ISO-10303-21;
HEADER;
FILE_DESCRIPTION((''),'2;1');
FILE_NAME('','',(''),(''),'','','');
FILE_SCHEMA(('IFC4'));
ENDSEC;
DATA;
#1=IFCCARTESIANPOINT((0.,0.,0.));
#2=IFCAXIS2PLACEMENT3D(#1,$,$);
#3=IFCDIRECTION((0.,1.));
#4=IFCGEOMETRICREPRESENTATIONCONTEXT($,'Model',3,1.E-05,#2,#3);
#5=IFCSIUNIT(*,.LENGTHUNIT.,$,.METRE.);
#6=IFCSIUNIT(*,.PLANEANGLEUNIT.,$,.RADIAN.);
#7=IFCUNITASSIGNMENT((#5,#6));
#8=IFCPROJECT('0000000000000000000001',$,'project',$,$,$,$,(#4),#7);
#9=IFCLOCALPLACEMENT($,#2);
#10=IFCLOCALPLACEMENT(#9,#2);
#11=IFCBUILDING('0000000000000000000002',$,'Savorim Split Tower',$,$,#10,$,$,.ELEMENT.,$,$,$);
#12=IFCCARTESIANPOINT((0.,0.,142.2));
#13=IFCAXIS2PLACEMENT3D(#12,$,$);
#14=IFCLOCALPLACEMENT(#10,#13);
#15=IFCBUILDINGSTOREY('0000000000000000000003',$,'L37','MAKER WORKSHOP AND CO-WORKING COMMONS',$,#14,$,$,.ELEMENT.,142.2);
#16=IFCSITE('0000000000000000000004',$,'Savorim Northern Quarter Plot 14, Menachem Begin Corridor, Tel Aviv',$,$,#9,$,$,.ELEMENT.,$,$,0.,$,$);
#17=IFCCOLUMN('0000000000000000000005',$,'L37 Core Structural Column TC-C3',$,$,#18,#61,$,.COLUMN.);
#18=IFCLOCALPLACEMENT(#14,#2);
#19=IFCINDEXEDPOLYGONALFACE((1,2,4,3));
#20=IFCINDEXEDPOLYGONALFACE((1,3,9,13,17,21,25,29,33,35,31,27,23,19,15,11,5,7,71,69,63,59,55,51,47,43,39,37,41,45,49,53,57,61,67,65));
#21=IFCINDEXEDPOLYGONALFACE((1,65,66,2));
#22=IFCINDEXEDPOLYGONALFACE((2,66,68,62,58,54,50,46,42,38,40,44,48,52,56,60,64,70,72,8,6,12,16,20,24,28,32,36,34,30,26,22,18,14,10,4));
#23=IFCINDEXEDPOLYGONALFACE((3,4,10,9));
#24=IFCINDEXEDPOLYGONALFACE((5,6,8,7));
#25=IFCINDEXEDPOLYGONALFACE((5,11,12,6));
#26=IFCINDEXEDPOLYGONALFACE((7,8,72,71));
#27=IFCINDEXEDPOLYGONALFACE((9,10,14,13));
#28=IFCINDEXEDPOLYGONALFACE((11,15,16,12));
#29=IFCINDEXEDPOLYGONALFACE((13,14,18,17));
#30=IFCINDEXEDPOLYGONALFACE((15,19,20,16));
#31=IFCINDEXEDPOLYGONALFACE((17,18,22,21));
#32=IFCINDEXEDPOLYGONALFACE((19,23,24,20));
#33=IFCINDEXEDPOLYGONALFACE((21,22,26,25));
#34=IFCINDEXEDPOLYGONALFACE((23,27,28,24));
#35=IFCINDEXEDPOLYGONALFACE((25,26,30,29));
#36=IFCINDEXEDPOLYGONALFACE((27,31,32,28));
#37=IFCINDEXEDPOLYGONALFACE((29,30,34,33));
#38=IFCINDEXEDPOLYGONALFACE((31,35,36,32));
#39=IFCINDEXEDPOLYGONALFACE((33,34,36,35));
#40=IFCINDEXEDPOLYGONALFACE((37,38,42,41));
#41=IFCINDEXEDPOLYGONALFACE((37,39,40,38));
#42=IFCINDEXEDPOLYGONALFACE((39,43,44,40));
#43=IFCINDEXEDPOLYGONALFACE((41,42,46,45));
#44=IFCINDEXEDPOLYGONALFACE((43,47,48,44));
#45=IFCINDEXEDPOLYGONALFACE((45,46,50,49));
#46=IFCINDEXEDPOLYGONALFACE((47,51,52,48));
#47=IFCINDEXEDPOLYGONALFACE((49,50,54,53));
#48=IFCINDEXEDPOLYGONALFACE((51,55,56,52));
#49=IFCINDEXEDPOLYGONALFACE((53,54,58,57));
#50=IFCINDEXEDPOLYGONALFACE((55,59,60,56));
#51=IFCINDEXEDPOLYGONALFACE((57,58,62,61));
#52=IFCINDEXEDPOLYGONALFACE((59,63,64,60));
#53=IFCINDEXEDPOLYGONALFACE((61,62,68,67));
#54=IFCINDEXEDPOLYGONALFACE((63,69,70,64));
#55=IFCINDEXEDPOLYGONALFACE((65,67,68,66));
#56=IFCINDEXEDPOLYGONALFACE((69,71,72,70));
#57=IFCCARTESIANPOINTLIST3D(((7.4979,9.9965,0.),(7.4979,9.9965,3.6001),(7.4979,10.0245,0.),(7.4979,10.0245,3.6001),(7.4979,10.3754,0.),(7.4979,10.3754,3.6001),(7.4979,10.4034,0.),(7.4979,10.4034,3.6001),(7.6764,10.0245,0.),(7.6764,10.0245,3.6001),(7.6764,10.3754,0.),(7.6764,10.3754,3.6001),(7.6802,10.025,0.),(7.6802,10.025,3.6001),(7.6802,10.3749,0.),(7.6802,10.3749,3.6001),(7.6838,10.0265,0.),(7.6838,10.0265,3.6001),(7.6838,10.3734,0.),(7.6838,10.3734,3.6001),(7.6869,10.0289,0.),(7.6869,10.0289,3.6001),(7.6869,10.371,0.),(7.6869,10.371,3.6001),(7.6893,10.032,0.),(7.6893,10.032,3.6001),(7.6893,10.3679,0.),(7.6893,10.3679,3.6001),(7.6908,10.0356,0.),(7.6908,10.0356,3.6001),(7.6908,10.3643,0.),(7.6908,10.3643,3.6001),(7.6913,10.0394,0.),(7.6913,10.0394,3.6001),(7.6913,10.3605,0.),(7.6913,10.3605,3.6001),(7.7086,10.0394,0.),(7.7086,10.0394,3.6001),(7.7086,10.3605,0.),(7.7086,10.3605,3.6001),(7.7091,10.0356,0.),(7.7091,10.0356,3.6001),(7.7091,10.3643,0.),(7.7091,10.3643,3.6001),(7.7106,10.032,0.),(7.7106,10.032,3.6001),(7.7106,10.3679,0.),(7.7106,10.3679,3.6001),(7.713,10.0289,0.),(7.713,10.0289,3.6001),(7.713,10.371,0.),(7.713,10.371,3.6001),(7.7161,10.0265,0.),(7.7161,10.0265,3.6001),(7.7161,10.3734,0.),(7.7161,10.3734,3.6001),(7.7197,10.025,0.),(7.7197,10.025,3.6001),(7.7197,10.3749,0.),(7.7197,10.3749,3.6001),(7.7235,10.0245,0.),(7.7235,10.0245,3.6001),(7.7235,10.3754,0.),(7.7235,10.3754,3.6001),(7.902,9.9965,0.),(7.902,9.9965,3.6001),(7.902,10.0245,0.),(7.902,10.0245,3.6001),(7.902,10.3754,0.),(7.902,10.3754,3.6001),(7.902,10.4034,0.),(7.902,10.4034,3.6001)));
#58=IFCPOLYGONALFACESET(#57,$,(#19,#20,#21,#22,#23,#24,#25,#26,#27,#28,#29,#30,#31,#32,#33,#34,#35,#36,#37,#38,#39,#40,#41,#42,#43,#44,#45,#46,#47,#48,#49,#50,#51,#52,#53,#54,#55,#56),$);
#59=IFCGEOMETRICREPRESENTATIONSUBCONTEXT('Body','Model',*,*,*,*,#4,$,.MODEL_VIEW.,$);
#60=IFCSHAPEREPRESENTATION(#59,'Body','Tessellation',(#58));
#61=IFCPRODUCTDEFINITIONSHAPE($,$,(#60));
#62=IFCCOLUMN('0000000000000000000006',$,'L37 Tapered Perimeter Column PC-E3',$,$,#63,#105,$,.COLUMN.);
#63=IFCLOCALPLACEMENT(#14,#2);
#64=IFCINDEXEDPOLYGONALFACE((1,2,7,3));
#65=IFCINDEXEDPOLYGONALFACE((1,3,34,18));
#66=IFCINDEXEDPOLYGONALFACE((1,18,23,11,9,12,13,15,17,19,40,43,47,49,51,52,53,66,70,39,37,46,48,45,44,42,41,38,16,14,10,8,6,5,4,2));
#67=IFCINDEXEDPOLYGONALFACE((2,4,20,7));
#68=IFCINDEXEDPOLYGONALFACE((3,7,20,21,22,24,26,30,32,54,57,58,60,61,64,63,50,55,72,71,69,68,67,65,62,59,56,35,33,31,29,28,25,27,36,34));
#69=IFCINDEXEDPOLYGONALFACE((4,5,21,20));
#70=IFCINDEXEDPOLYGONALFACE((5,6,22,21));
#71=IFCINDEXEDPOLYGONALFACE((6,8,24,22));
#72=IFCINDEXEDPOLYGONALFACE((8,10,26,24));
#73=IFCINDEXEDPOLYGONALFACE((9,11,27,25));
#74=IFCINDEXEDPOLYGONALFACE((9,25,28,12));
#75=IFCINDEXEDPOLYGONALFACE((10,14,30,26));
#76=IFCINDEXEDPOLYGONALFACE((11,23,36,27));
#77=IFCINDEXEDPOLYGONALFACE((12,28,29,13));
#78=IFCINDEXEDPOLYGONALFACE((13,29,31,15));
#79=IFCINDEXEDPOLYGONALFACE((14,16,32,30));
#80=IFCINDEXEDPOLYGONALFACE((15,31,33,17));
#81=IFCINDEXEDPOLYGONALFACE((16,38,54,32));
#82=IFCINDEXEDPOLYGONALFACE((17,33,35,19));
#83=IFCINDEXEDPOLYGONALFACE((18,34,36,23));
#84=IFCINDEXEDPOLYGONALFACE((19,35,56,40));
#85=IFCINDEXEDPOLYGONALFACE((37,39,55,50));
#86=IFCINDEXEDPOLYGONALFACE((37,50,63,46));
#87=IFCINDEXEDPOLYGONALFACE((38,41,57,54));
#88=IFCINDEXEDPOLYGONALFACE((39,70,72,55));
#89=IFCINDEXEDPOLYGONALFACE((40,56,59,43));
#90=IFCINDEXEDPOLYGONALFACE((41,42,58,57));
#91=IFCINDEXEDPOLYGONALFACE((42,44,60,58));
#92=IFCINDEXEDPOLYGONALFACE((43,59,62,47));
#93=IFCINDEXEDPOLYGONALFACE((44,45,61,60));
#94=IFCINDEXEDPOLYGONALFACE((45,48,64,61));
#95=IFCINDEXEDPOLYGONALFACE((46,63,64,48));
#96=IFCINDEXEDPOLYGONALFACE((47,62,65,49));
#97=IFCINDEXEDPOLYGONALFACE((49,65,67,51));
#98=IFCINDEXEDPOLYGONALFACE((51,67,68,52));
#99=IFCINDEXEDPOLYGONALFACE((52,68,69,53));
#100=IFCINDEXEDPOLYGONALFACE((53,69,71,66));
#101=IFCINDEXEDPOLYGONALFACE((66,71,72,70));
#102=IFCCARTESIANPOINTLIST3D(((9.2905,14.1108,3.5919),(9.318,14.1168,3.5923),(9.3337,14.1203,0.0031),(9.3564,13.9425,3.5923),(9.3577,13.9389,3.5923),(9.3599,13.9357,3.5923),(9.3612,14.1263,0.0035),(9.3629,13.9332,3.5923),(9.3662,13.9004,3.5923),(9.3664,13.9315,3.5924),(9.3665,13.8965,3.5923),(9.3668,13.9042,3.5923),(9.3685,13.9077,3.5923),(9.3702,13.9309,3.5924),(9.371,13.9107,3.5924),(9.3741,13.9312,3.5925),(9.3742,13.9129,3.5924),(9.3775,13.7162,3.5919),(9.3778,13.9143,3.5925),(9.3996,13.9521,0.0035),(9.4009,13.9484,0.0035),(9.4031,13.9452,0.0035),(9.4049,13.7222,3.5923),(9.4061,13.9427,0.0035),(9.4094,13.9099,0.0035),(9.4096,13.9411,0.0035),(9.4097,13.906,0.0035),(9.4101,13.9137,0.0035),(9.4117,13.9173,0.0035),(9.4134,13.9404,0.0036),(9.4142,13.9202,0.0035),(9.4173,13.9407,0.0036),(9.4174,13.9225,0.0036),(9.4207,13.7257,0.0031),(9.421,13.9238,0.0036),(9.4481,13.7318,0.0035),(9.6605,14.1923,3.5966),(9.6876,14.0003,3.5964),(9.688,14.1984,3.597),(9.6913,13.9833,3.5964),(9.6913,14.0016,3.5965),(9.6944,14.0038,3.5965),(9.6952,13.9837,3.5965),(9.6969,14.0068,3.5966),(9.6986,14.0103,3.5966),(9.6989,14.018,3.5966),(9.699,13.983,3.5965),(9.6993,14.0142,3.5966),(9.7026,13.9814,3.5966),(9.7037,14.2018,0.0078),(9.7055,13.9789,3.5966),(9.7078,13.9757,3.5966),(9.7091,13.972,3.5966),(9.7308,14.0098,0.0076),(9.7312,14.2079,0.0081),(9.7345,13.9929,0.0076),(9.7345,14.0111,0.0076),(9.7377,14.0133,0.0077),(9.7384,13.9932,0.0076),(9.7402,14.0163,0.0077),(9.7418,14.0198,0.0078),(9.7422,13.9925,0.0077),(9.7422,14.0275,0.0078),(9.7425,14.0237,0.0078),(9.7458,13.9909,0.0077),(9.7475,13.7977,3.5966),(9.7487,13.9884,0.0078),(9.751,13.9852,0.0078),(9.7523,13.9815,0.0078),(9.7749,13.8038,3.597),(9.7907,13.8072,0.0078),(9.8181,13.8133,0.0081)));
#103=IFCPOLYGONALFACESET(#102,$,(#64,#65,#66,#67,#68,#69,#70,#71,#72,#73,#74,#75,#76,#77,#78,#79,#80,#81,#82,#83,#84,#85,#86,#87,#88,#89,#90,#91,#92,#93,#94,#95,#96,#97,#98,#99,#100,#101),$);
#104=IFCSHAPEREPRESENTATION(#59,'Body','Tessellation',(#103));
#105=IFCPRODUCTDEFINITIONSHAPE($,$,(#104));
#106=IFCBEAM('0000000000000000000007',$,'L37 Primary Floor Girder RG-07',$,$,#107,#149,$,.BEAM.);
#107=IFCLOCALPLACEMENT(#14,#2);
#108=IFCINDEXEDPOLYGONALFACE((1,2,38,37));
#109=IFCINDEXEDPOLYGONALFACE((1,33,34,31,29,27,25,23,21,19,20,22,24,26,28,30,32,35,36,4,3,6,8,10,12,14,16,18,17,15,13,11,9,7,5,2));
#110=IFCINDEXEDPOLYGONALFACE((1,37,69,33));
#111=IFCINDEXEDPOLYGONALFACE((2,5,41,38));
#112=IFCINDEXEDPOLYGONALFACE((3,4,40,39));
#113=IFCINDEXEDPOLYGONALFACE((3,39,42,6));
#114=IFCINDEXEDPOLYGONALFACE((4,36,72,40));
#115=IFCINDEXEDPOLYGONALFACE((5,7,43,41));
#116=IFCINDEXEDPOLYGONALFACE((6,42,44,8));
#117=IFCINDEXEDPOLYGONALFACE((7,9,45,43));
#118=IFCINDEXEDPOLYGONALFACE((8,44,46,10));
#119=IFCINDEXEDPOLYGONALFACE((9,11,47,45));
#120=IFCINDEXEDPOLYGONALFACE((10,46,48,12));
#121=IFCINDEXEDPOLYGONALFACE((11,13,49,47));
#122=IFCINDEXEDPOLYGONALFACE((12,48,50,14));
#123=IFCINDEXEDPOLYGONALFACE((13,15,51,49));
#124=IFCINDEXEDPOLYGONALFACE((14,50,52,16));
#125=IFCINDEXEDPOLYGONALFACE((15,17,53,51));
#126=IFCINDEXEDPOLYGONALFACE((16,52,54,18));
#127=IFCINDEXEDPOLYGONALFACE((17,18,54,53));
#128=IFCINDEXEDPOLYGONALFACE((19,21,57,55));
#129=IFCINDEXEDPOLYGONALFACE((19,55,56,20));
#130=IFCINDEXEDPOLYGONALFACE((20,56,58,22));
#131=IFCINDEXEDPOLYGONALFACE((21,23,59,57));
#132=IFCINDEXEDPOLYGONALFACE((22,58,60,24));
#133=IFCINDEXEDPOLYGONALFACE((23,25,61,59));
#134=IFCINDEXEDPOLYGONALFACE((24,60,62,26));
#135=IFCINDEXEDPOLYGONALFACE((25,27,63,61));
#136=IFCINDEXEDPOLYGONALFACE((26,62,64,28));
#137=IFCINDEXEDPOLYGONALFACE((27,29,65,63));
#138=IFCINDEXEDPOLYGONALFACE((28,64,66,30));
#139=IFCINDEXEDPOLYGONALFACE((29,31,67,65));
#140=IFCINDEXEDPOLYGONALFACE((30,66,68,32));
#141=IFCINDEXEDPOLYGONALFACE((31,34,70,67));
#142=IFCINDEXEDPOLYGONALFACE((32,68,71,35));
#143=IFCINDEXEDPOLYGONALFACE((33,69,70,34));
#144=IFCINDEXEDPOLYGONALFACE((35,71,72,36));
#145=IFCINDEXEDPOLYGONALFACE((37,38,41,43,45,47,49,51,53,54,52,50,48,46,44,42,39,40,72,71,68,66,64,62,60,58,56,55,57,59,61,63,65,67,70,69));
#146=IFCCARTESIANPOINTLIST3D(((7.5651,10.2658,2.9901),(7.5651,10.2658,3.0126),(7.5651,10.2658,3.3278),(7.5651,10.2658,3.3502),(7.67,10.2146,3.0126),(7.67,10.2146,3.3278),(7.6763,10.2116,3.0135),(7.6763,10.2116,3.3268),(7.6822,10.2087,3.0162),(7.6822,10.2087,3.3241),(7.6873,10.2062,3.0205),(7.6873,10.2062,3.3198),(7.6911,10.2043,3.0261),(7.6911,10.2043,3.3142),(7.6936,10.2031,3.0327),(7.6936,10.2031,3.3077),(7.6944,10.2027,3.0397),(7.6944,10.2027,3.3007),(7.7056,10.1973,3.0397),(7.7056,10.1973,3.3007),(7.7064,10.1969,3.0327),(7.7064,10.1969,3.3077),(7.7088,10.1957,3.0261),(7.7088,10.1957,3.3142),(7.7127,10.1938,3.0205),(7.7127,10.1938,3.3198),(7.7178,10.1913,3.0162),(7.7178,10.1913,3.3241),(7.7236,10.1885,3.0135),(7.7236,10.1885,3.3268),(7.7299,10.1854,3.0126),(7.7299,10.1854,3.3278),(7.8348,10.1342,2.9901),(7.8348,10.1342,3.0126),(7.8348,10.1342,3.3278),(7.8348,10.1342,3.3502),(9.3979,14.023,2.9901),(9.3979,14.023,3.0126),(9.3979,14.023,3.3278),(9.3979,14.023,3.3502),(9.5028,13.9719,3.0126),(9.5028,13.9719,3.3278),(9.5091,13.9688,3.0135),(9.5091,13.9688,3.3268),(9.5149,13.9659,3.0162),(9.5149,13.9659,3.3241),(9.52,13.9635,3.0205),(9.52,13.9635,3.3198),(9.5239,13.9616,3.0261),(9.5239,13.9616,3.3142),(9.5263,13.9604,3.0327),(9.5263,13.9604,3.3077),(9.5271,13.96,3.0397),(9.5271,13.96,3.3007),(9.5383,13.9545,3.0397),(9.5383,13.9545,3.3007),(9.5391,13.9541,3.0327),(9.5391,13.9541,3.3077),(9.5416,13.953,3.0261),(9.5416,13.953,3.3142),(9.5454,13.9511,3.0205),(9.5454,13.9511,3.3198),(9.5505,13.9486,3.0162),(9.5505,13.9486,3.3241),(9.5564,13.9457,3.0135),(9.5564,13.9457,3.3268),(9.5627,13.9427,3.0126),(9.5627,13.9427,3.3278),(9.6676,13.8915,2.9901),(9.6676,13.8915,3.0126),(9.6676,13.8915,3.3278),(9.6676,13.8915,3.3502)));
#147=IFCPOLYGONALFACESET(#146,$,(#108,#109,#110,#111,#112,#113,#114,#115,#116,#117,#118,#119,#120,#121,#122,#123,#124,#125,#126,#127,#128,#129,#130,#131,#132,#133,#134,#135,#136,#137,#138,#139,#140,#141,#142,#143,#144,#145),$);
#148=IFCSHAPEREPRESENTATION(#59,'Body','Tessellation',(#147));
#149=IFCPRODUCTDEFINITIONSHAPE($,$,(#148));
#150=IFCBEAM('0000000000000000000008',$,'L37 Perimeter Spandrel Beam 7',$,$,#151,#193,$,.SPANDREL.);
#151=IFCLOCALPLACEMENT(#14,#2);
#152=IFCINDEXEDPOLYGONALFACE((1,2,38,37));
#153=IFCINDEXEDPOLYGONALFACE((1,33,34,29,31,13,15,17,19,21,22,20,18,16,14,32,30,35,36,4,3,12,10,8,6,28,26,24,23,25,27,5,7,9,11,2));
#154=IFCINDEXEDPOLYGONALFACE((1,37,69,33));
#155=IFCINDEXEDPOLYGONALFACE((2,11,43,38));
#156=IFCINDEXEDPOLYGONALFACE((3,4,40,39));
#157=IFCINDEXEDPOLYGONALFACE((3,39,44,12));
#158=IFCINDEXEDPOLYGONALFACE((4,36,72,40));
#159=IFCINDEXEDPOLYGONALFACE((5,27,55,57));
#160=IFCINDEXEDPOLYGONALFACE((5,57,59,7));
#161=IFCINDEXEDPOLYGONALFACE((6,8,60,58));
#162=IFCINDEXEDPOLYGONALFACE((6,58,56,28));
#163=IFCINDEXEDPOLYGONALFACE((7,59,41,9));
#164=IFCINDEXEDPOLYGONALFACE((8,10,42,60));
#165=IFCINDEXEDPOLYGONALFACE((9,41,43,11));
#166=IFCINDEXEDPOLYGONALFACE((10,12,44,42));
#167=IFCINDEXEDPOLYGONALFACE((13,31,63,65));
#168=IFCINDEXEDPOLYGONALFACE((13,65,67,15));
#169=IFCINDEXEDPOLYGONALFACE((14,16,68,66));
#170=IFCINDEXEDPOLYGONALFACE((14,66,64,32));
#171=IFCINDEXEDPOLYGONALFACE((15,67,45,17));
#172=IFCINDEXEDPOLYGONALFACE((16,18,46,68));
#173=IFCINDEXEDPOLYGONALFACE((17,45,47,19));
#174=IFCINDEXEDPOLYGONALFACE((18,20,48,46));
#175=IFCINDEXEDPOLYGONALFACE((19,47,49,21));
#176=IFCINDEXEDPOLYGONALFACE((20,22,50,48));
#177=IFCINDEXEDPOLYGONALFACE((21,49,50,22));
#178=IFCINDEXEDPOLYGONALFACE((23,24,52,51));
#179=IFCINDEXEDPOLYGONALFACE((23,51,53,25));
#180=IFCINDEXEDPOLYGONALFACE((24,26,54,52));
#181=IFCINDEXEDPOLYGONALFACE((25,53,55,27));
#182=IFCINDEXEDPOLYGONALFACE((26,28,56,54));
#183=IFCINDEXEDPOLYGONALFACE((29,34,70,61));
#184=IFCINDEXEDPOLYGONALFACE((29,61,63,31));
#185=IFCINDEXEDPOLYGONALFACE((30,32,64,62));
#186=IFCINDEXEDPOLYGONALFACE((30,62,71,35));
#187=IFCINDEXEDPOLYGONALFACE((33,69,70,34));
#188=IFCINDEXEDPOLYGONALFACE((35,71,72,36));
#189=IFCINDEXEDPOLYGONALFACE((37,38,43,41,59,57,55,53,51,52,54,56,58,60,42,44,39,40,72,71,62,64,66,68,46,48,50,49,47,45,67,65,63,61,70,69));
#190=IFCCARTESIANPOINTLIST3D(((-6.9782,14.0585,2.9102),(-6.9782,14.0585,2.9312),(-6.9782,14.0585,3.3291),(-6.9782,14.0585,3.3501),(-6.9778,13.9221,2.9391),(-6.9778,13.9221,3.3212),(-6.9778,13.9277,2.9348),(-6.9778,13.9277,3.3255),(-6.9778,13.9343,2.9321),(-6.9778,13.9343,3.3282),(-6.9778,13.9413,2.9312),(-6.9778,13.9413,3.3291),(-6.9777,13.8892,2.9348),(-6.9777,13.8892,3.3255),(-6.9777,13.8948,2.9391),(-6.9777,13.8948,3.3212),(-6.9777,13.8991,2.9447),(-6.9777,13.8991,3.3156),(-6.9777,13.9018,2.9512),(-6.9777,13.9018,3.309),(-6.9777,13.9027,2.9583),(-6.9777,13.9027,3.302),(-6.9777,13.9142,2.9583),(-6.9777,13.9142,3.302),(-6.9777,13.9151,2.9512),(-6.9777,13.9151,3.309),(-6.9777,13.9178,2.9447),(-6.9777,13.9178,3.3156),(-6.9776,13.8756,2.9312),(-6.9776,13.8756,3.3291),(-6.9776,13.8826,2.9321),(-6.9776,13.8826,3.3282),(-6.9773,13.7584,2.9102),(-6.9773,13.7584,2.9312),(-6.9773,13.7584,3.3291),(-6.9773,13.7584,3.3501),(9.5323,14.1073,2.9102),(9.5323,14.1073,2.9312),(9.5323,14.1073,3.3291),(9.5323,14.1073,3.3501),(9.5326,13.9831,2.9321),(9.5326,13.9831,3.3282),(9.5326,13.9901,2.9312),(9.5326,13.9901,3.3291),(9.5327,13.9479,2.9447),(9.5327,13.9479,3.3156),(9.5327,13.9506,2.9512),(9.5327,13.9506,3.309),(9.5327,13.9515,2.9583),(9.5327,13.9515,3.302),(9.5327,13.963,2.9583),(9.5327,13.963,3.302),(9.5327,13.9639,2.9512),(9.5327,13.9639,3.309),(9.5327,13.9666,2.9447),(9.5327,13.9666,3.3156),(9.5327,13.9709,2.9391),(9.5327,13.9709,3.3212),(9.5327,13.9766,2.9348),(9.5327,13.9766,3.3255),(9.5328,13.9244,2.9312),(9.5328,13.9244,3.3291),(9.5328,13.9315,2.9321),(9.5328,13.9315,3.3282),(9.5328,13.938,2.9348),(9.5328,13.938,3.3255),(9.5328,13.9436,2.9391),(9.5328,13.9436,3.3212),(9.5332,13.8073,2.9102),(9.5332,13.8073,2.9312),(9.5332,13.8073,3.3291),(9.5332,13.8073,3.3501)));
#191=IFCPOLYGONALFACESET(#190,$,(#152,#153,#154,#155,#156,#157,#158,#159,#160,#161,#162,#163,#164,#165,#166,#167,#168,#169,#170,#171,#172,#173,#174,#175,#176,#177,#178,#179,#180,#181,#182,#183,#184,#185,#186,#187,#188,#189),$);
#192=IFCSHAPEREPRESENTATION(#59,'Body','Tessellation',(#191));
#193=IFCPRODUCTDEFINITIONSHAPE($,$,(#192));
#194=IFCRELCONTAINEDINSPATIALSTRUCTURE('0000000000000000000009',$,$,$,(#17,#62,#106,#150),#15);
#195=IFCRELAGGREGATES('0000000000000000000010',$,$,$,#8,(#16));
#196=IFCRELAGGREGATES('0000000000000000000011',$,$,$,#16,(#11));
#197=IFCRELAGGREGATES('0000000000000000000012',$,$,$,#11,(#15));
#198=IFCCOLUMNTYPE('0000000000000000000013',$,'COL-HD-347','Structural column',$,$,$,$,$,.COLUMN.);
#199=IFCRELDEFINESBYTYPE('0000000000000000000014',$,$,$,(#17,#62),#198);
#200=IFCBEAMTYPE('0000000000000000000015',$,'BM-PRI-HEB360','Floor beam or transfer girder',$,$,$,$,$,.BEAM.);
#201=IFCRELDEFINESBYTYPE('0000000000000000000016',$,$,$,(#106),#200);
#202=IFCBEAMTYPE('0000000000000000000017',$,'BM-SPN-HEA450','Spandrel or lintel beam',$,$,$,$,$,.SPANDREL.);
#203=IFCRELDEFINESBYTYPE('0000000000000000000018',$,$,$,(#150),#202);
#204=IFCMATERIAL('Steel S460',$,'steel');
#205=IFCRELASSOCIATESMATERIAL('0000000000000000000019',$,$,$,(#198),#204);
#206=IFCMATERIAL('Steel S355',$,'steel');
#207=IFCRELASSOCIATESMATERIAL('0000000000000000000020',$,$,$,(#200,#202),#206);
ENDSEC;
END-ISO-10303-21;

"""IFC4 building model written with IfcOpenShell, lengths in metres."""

from ifc_helpers import new_model, si_unit, direction, frame, origin, origin_2d, place, context, subcontext, project, spatial, i_section, extrude, material, material_profile, profile_set, type_object, element, save


model = new_model("IFC4")

# Units and contexts
model_context = context("Model", 3, precision=1e-05, world=origin(), true_north=direction((0.0, 1.0)))
body_context = subcontext(model_context, "Body", "Model", "MODEL_VIEW")
ifc_project = project(units=[si_unit("LENGTHUNIT", "METRE"), si_unit("PLANEANGLEUNIT", "RADIAN")], contexts=[model_context])

# Site, building, storey
site_placement = place(None, origin())
site = spatial("IfcSite", under=ifc_project, at=site_placement, Name="Savorim Northern Quarter Plot 14, Menachem Begin Corridor, Tel Aviv", CompositionType="ELEMENT", RefElevation=0.0)
building_placement = place(site_placement, origin())
building = spatial("IfcBuilding", under=site, at=building_placement, Name="Savorim Split Tower", CompositionType="ELEMENT")
storey_placement = place(building_placement, frame((0.0, 0.0, 142.2)))
storey = spatial("IfcBuildingStorey", under=building, at=storey_placement, Name="L37", Description="MAKER WORKSHOP AND CO-WORKING COMMONS", CompositionType="ELEMENT", Elevation=142.2)

# Columns
ifc_material_1 = material(Name="Steel S460", Category="steel")
ifc_material_profile_1 = material_profile(ifc_material_1, i_section(OverallWidth=0.4041, OverallDepth=0.407, WebThickness=0.0173, FlangeThickness=0.0281, FilletRadius=0.0149, at=origin_2d()), Name="HD 400x347")
ifc_profile_set_1 = profile_set([ifc_material_profile_1], Name="Steel S460")
column_type = type_object("IfcColumnType", Name="COL-HD-347", Description="Structural column", PredefinedType="COLUMN", material=ifc_profile_set_1)
column_1_placement = place(storey_placement, frame((7.7, 10.2, 0.0), z_axis=(0.0, 0.0, 1.0), x_axis=(1.0, 0.0, 0.0)))
element("IfcColumn", 1, at=column_1_placement, inside=storey, type_object=column_type, Name="L37 Core Structural Column TC-C3", PredefinedType="COLUMN", context=body_context, shape_type="SweptSolid", body=[
    extrude(i_section(OverallWidth=0.4041, OverallDepth=0.407, WebThickness=0.0173, FlangeThickness=0.0281, FilletRadius=0.0149, at=origin_2d()), origin(), (0.0, 0.0, 1.0), 3.6001),
])
column_2_placement = place(storey_placement, frame((9.5759, 13.9668, 0.0056), z_axis=(-0.01204, -0.002653, 0.999924), x_axis=(0.215178, -0.976575, 0.0)))
element("IfcColumn", 2, at=column_2_placement, inside=storey, type_object=column_type, Name="L37 Tapered Perimeter Column PC-E3", PredefinedType="COLUMN", context=body_context, shape_type="SweptSolid", body=[
    extrude(i_section(OverallWidth=0.4041, OverallDepth=0.407, WebThickness=0.0173, FlangeThickness=0.0281, FilletRadius=0.0149, at=origin_2d()), origin(), (0.0, 0.0, 1.0), 3.5891),
])

# Beams
ifc_material_2 = material(Name="Steel S355", Category="steel")
ifc_material_profile_2 = material_profile(ifc_material_2, i_section(OverallWidth=0.3, OverallDepth=0.3601, WebThickness=0.0125, FlangeThickness=0.0225, FilletRadius=0.0271, at=origin_2d()), Name="HEB 360")
ifc_profile_set_2 = profile_set([ifc_material_profile_2], Name="Steel S355")
beam_type_1 = type_object("IfcBeamType", Name="BM-PRI-HEB360", Description="Floor beam or transfer girder", PredefinedType="BEAM", material=ifc_profile_set_2)
beam_1_placement = place(storey_placement, frame((9.5327, 13.9573, 3.1702), z_axis=(-0.438409, -0.898776, 0.0), x_axis=(0.898776, -0.438409, 0.0)))
element("IfcBeam", 3, at=beam_1_placement, inside=storey, type_object=beam_type_1, Name="L37 Primary Floor Girder RG-07", PredefinedType="BEAM", context=body_context, shape_type="SweptSolid", body=[
    extrude(i_section(OverallWidth=0.3, OverallDepth=0.3601, WebThickness=0.0125, FlangeThickness=0.0225, FilletRadius=0.0271, at=origin_2d()), origin(), (0.0, 0.0, 1.0), 4.1804),
])
ifc_material_profile_3 = material_profile(ifc_material_2, i_section(OverallWidth=0.3, OverallDepth=0.4399, WebThickness=0.0115, FlangeThickness=0.021, FilletRadius=0.0271, at=origin_2d()), Name="HEA 450")
ifc_profile_set_3 = profile_set([ifc_material_profile_3], Name="Steel S355")
beam_type_2 = type_object("IfcBeamType", Name="BM-SPN-HEA450", Description="Spandrel or lintel beam", PredefinedType="SPANDREL", material=ifc_profile_set_3)
beam_2_placement = place(storey_placement, frame((9.5327, 13.9573, 3.1301), z_axis=(-0.999996, -0.002957, 0.0), x_axis=(0.002957, -0.999996, 0.0)))
element("IfcBeam", 4, at=beam_2_placement, inside=storey, type_object=beam_type_2, Name="L37 Perimeter Spandrel Beam 7", PredefinedType="SPANDREL", context=body_context, shape_type="SweptSolid", body=[
    extrude(i_section(OverallWidth=0.3, OverallDepth=0.4399, WebThickness=0.0115, FlangeThickness=0.021, FilletRadius=0.0271, at=origin_2d()), origin(), (0.0, 0.0, 1.0), 16.5105),
])

save(model, "model.ifc")
